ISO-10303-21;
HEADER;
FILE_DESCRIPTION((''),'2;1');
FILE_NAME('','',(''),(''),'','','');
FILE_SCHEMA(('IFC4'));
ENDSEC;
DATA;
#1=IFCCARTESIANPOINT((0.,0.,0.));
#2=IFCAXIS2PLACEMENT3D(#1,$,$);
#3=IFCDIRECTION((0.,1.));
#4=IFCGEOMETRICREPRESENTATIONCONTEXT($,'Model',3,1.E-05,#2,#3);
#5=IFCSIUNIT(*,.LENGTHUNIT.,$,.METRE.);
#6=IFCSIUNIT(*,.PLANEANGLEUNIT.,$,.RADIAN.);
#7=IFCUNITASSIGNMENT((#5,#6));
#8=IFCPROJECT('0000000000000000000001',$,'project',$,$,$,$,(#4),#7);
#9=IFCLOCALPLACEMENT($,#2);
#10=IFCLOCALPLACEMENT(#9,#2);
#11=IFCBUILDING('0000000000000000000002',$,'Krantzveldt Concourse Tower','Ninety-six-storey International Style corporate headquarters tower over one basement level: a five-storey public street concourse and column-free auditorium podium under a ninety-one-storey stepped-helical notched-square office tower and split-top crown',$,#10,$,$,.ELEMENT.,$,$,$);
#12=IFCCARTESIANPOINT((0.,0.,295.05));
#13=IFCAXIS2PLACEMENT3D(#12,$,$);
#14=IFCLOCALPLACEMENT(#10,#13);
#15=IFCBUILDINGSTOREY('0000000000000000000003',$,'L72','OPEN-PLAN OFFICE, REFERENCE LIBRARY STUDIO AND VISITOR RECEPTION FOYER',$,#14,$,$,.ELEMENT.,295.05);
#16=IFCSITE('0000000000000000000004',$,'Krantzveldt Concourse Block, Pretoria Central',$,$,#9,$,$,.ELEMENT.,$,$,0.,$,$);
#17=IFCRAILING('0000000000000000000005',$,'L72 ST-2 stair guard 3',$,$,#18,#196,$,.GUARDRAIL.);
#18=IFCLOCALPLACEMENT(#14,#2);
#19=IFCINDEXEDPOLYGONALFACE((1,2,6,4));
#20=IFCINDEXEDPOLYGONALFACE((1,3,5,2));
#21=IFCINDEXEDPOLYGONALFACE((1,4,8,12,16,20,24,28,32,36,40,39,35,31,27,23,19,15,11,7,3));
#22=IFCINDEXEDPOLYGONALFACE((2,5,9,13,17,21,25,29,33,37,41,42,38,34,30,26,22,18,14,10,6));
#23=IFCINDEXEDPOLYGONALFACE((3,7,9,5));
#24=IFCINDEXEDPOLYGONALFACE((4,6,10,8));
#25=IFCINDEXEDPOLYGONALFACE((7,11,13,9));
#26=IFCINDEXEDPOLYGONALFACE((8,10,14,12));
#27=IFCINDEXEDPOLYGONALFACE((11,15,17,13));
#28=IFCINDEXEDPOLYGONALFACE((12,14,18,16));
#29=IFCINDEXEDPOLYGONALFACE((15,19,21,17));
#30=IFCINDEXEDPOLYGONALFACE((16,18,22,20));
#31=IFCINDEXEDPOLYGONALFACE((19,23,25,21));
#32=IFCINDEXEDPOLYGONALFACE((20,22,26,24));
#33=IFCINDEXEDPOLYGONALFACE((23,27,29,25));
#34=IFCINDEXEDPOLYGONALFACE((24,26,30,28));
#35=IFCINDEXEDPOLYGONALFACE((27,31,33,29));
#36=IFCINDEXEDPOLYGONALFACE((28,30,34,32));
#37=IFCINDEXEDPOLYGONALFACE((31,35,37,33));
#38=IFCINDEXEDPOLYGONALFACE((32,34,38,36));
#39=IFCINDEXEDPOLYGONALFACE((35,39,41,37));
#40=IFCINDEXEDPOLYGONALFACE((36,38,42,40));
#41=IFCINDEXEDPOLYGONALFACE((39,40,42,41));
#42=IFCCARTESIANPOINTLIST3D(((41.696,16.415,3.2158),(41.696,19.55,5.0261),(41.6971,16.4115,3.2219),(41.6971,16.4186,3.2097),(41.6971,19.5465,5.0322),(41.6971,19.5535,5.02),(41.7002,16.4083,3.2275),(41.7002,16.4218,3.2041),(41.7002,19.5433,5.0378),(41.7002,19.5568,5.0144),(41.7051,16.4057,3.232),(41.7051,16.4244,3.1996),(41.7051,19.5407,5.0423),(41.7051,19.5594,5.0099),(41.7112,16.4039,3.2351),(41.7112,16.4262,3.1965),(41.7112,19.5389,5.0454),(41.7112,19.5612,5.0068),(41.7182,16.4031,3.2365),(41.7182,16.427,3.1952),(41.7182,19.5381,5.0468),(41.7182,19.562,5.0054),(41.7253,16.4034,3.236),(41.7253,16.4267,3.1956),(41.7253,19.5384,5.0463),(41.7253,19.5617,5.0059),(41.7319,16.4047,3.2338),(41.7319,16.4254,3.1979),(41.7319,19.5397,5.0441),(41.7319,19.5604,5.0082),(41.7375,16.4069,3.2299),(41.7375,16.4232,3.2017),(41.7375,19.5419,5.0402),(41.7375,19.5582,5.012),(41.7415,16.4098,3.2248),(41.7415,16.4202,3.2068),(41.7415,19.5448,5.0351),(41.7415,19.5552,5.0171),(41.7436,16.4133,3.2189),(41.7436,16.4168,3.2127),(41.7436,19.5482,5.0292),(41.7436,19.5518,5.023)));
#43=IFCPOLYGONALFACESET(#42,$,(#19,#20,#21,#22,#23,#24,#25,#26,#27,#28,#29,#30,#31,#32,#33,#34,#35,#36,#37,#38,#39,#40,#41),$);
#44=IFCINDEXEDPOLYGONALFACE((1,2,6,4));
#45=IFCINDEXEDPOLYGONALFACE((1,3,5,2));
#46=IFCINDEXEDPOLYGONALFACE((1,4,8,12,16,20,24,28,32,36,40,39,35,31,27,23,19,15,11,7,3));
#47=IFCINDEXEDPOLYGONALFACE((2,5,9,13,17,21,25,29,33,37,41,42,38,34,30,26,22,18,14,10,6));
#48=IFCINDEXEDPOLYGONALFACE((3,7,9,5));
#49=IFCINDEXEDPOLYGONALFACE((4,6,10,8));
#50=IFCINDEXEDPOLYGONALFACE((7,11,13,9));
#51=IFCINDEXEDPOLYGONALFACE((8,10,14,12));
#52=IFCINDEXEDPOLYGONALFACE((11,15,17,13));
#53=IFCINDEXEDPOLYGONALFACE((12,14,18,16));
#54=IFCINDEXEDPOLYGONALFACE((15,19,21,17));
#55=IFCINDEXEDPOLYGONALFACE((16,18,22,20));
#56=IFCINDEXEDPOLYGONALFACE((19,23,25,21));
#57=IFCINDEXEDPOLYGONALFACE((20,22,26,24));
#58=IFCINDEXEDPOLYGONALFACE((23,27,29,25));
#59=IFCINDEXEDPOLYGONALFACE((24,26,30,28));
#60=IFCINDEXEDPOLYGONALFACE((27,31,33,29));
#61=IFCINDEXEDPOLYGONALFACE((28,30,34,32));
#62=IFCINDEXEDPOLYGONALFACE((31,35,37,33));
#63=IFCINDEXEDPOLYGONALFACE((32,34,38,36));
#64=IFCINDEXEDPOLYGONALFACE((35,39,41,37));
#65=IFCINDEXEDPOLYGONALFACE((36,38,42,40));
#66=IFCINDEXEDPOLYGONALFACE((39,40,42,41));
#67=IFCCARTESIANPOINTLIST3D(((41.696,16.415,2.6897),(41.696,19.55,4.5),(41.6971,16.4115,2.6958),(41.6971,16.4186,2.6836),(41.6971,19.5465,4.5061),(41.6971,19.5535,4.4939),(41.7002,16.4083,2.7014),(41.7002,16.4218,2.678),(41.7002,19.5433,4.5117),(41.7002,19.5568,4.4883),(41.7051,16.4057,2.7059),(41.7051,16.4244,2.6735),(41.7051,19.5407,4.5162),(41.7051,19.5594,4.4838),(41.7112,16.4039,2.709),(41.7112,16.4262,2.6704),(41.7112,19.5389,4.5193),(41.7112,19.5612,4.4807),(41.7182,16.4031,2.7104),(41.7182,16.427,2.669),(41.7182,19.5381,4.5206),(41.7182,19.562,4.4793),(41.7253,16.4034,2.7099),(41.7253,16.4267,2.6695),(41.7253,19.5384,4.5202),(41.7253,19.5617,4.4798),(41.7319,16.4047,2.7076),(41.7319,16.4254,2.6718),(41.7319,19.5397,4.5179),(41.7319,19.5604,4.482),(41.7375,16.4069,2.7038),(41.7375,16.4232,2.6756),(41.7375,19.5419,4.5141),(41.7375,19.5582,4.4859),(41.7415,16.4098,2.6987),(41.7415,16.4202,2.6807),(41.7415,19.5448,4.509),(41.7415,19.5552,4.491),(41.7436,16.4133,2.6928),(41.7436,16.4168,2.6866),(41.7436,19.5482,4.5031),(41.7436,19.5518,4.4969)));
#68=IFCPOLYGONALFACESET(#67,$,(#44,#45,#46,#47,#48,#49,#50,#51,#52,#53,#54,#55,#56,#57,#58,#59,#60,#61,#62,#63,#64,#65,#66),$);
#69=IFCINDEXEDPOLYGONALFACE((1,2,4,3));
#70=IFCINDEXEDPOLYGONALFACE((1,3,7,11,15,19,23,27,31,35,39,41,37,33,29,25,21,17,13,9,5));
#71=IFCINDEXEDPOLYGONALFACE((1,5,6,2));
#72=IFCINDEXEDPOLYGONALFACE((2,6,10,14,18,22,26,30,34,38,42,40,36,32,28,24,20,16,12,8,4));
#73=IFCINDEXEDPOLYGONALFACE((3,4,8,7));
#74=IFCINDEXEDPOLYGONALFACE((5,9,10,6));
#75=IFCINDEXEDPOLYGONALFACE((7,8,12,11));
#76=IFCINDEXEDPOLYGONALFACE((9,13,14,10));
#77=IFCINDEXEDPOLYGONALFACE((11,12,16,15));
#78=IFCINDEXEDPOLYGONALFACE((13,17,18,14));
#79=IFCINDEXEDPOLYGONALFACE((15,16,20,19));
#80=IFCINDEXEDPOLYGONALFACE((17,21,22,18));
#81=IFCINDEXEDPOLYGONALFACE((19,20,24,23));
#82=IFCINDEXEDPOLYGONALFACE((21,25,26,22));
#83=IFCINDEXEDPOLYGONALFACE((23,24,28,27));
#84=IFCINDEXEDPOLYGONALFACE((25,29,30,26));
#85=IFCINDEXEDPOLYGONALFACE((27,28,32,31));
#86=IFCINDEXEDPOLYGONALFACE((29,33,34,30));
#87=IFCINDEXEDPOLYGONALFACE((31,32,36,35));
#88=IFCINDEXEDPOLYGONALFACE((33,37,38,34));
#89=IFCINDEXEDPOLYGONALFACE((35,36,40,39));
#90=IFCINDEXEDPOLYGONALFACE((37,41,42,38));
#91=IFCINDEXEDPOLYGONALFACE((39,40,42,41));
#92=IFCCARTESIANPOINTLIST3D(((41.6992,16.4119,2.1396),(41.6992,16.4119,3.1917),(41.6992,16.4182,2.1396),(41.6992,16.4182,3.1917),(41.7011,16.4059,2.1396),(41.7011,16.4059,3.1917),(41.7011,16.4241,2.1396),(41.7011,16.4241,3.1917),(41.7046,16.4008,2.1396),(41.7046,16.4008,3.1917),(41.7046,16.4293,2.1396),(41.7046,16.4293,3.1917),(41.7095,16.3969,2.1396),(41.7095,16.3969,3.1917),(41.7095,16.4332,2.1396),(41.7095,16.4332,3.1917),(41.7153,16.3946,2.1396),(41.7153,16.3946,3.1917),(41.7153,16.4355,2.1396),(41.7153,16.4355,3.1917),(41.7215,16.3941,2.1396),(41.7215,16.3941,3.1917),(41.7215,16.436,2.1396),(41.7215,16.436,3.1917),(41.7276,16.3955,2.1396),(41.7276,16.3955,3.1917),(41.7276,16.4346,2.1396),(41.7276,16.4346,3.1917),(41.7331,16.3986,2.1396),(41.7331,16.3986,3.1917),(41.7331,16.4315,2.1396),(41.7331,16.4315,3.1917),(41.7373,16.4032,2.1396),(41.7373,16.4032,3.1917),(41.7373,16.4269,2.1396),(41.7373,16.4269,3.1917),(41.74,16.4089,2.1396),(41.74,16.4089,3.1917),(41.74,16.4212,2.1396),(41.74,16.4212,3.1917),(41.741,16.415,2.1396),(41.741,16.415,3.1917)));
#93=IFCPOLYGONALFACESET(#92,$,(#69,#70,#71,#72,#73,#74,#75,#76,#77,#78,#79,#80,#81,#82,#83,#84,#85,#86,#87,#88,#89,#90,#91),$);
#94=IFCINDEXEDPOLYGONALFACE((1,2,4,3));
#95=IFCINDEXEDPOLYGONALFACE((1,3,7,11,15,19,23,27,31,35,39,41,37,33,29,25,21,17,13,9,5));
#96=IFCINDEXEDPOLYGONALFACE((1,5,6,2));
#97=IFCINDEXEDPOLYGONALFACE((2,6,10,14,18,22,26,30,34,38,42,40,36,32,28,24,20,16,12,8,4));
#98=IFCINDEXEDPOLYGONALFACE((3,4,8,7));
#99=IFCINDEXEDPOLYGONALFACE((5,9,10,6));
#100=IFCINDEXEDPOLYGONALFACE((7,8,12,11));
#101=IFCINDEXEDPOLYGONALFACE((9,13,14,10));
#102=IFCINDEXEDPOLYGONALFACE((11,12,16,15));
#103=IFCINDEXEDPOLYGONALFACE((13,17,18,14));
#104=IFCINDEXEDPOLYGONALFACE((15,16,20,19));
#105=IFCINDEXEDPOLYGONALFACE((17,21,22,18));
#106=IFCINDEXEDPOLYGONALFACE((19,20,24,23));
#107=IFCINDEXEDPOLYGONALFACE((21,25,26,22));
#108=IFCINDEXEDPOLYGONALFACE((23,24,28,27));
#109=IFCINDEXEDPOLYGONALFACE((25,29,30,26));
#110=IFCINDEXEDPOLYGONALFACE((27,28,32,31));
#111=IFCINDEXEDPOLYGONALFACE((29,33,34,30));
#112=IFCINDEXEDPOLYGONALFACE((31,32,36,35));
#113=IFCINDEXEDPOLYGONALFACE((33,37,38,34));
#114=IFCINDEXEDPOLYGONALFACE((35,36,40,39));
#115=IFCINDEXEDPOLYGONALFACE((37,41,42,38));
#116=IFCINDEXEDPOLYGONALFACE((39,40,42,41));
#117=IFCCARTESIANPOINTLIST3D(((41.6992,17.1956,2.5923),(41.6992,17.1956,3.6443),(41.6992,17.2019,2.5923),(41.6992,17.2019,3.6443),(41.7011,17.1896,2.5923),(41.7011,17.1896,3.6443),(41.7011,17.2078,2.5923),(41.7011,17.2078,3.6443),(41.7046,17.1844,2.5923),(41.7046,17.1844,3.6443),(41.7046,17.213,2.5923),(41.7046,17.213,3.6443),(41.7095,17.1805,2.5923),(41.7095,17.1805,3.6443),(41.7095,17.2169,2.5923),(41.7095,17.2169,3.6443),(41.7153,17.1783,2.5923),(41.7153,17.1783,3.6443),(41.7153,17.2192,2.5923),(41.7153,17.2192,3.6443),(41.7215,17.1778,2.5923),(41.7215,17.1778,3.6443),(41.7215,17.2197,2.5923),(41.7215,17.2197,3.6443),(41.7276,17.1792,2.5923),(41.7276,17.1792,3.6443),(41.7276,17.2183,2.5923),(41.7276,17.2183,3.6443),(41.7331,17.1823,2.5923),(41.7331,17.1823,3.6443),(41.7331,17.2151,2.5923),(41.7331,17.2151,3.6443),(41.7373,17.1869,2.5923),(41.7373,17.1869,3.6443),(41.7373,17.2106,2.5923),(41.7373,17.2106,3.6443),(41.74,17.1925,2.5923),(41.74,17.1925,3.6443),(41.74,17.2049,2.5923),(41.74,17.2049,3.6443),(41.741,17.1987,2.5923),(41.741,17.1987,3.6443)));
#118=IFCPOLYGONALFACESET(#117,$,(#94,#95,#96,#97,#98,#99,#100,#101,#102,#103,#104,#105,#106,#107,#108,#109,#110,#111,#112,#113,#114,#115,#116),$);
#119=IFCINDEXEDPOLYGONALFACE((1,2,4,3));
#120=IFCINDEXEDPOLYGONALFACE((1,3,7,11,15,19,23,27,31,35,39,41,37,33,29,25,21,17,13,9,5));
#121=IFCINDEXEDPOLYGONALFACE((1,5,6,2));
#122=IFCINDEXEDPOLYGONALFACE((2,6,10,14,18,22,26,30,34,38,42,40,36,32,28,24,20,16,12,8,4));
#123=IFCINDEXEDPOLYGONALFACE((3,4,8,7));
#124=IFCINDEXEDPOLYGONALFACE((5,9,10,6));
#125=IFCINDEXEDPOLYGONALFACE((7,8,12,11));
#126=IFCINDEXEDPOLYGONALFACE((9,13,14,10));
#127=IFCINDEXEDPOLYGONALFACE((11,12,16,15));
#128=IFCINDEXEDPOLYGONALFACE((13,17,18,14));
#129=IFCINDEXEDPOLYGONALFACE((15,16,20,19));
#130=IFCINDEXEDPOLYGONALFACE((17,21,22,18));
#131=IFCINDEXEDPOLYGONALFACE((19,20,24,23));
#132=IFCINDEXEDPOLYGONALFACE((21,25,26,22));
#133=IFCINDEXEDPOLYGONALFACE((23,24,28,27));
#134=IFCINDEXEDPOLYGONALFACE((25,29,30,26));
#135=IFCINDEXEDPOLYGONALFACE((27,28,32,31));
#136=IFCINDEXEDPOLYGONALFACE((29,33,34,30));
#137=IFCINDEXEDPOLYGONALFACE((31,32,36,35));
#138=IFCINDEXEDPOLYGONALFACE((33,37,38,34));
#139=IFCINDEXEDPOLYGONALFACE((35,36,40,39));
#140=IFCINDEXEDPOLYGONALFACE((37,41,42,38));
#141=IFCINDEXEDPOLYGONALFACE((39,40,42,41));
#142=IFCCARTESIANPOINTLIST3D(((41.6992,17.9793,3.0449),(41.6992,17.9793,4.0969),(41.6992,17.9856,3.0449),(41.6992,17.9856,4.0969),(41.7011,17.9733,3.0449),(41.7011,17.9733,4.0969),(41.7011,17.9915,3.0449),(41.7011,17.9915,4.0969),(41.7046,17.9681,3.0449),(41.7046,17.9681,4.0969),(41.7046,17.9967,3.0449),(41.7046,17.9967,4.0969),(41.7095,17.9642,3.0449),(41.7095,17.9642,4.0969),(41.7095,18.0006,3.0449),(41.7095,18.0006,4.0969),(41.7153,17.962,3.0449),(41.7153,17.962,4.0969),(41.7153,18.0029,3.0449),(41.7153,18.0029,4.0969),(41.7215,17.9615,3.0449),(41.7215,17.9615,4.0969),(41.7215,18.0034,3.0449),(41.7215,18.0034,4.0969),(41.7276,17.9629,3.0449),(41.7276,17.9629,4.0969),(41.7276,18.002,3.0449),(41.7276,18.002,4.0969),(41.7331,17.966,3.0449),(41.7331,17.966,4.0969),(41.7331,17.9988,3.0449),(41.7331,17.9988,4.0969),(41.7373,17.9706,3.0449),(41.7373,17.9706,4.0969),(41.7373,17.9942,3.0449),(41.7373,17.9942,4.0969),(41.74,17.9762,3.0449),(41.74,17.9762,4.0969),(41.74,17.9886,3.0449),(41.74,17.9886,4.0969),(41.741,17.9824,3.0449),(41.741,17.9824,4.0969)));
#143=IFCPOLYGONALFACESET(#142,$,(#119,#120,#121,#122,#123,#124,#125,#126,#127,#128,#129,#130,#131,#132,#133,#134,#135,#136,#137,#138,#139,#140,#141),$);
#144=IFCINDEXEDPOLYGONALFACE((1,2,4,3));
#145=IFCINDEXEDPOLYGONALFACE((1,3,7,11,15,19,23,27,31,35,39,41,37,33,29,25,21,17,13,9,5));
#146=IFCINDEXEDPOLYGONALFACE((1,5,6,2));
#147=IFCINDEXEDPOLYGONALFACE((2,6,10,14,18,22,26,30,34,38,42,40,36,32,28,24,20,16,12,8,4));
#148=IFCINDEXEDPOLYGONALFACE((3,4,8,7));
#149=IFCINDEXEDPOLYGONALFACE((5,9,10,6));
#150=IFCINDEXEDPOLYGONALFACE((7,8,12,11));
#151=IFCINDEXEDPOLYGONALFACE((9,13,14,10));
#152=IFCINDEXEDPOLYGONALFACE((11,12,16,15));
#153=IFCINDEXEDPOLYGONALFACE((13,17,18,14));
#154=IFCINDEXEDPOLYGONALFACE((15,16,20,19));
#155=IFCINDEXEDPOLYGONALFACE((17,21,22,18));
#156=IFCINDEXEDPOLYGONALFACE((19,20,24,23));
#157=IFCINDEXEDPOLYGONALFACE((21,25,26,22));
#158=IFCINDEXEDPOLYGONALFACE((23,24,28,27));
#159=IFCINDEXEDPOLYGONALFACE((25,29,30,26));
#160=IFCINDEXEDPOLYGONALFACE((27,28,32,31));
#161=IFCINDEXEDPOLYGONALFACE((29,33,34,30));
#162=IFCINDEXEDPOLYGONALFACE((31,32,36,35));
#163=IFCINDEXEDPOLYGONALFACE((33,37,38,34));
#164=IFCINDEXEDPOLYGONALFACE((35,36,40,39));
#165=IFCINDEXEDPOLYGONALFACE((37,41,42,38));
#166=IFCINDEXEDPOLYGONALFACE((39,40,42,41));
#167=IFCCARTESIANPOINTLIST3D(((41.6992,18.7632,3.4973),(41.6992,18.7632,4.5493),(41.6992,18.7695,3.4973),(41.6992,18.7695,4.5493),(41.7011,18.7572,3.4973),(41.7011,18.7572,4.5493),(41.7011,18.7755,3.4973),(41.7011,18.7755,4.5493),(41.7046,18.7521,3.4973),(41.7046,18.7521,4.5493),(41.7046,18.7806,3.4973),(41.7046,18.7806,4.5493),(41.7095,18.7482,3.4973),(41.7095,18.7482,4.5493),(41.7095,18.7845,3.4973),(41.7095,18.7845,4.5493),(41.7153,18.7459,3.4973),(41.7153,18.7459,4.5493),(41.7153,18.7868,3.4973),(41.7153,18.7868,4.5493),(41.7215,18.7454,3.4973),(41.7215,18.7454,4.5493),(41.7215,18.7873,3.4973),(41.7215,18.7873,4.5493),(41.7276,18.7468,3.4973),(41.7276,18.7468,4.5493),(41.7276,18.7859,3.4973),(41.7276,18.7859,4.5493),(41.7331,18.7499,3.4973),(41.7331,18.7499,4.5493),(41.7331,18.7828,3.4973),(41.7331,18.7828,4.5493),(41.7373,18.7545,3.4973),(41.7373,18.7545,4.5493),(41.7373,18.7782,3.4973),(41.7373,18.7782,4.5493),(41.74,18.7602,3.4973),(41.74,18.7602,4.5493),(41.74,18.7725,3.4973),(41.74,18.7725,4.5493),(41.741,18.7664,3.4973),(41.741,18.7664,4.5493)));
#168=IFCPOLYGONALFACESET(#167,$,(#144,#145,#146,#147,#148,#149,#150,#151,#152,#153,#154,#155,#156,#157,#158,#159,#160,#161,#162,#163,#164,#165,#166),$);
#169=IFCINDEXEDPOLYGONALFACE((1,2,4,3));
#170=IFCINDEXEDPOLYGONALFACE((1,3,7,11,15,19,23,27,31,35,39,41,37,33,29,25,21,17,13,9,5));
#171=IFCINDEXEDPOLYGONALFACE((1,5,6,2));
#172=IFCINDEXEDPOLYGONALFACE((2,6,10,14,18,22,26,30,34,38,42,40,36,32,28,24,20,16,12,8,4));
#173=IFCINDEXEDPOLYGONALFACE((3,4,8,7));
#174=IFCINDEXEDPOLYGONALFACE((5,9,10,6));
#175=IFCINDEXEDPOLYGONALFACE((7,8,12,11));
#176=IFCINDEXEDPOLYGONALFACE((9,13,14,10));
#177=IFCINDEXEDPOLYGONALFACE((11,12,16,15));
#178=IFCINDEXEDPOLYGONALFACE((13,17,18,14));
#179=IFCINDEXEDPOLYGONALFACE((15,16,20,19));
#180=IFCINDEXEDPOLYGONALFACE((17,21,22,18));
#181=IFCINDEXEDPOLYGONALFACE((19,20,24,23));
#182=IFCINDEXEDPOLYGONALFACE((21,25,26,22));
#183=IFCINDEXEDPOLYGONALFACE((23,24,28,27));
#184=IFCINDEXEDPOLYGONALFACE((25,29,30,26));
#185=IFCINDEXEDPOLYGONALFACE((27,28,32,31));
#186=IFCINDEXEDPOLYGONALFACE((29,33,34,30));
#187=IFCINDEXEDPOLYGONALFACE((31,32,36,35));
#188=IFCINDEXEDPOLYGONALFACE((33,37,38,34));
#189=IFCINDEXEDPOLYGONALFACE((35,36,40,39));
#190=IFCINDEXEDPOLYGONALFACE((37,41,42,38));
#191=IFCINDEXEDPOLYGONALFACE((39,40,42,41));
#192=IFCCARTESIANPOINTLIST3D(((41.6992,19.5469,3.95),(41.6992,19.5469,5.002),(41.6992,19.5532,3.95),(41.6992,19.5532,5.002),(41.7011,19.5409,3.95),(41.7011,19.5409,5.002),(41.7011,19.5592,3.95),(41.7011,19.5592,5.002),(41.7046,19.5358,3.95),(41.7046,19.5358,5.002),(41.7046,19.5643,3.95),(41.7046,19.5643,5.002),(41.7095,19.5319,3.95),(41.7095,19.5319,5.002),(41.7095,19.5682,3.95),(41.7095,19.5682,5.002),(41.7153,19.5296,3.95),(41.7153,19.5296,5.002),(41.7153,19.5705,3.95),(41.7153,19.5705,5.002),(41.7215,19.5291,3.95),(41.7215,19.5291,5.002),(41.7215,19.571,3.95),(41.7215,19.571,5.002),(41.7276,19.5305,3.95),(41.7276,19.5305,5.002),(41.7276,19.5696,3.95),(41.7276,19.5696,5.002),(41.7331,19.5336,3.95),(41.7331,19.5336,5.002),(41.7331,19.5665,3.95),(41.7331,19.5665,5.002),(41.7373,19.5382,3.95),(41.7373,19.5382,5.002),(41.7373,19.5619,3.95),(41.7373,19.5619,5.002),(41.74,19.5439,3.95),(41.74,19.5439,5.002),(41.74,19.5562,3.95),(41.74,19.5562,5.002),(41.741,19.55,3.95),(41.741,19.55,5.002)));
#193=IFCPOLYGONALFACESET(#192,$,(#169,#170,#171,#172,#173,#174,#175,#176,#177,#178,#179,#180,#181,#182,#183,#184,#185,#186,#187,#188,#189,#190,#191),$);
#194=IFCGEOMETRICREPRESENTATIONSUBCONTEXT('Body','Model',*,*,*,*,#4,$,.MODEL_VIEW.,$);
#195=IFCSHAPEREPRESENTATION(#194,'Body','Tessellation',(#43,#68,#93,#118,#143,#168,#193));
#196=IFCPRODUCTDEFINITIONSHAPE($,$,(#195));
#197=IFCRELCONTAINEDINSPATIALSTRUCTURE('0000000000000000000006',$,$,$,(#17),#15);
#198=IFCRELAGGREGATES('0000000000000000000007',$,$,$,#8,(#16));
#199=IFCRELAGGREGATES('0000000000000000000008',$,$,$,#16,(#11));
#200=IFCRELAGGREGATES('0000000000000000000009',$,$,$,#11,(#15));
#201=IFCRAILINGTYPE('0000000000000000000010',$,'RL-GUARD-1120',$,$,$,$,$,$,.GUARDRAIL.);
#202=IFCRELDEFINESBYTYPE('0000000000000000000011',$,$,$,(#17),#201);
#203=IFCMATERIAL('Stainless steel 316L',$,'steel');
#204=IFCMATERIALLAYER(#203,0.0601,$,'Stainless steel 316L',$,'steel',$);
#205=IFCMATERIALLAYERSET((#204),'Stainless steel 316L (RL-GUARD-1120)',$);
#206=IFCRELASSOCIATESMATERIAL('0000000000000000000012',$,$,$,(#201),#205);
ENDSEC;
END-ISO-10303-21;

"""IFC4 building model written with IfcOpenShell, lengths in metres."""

from ifc_helpers import new_model, si_unit, direction, frame, origin, origin_2d, place, context, subcontext, project, spatial, circle, extrude, material, layer, layer_set, type_object, element, save


model = new_model("IFC4")

# Units and contexts
model_context = context("Model", 3, precision=1e-05, world=origin(), true_north=direction((0.0, 1.0)))
body_context = subcontext(model_context, "Body", "Model", "MODEL_VIEW")
ifc_project = project(units=[si_unit("LENGTHUNIT", "METRE"), si_unit("PLANEANGLEUNIT", "RADIAN")], contexts=[model_context])

# Site, building, storey
site_placement = place(None, origin())
site = spatial("IfcSite", under=ifc_project, at=site_placement, Name="Krantzveldt Concourse Block, Pretoria Central", CompositionType="ELEMENT", RefElevation=0.0)
building_placement = place(site_placement, origin())
building = spatial("IfcBuilding", under=site, at=building_placement, Name="Krantzveldt Concourse Tower", Description="Ninety-six-storey International Style corporate headquarters tower over one basement level: a five-storey public street concourse and column-free auditorium podium under a ninety-one-storey stepped-helical notched-square office tower and split-top crown", CompositionType="ELEMENT")
storey_placement = place(building_placement, frame((0.0, 0.0, 295.05)))
storey = spatial("IfcBuildingStorey", under=building, at=storey_placement, Name="L72", Description="OPEN-PLAN OFFICE, REFERENCE LIBRARY STUDIO AND VISITOR RECEPTION FOYER", CompositionType="ELEMENT", Elevation=295.05)

# Shared definitions
ifc_material_1 = material(Name="Stainless steel 316L", Category="steel")

# Railing
ifc_layer_1 = layer(ifc_material_1, 0.0601, Name="Stainless steel 316L", Category="steel")
ifc_layer_set_1 = layer_set([ifc_layer_1], Name="Stainless steel 316L (RL-GUARD-1120)")
railing_type_1 = type_object("IfcRailingType", Name="RL-GUARD-1120", PredefinedType="GUARDRAIL", material=ifc_layer_set_1)
railing_1_placement = place(storey_placement, frame((41.72, 16.415, 2.1396)))
element("IfcRailing", 1, at=railing_1_placement, inside=storey, type_object=railing_type_1, Name="L72 ST-2 stair guard 3", PredefinedType="GUARDRAIL", context=body_context, shape_type="SweptSolid", body=[
    extrude(circle(Radius=0.0239, at=origin_2d()), frame((0.0, 0.0, 1.0762), z_axis=(0.0, 0.865989, 0.500063), x_axis=(-1.0, 0.0, 0.0)), (0.0, 0.0, 1.0), 3.6201),
    extrude(circle(Radius=0.0239, at=origin_2d()), frame((0.0, 0.0, 0.55), z_axis=(0.0, 0.865989, 0.500063), x_axis=(-1.0, 0.0, 0.0)), (0.0, 0.0, 1.0), 3.6201),
    extrude(circle(Radius=0.021, at=origin_2d()), origin(), (0.0, 0.0, 1.0), 1.052),
    extrude(circle(Radius=0.021, at=origin_2d()), frame((0.0, 0.7837, 0.4526)), (0.0, 0.0, 1.0), 1.052),
    extrude(circle(Radius=0.021, at=origin_2d()), frame((0.0, 1.5674, 0.9053)), (0.0, 0.0, 1.0), 1.052),
    extrude(circle(Radius=0.021, at=origin_2d()), frame((0.0, 2.3513, 1.3577)), (0.0, 0.0, 1.0), 1.052),
    extrude(circle(Radius=0.021, at=origin_2d()), frame((0.0, 3.135, 1.8103)), (0.0, 0.0, 1.0), 1.052),
])

save(model, "model.ifc")
